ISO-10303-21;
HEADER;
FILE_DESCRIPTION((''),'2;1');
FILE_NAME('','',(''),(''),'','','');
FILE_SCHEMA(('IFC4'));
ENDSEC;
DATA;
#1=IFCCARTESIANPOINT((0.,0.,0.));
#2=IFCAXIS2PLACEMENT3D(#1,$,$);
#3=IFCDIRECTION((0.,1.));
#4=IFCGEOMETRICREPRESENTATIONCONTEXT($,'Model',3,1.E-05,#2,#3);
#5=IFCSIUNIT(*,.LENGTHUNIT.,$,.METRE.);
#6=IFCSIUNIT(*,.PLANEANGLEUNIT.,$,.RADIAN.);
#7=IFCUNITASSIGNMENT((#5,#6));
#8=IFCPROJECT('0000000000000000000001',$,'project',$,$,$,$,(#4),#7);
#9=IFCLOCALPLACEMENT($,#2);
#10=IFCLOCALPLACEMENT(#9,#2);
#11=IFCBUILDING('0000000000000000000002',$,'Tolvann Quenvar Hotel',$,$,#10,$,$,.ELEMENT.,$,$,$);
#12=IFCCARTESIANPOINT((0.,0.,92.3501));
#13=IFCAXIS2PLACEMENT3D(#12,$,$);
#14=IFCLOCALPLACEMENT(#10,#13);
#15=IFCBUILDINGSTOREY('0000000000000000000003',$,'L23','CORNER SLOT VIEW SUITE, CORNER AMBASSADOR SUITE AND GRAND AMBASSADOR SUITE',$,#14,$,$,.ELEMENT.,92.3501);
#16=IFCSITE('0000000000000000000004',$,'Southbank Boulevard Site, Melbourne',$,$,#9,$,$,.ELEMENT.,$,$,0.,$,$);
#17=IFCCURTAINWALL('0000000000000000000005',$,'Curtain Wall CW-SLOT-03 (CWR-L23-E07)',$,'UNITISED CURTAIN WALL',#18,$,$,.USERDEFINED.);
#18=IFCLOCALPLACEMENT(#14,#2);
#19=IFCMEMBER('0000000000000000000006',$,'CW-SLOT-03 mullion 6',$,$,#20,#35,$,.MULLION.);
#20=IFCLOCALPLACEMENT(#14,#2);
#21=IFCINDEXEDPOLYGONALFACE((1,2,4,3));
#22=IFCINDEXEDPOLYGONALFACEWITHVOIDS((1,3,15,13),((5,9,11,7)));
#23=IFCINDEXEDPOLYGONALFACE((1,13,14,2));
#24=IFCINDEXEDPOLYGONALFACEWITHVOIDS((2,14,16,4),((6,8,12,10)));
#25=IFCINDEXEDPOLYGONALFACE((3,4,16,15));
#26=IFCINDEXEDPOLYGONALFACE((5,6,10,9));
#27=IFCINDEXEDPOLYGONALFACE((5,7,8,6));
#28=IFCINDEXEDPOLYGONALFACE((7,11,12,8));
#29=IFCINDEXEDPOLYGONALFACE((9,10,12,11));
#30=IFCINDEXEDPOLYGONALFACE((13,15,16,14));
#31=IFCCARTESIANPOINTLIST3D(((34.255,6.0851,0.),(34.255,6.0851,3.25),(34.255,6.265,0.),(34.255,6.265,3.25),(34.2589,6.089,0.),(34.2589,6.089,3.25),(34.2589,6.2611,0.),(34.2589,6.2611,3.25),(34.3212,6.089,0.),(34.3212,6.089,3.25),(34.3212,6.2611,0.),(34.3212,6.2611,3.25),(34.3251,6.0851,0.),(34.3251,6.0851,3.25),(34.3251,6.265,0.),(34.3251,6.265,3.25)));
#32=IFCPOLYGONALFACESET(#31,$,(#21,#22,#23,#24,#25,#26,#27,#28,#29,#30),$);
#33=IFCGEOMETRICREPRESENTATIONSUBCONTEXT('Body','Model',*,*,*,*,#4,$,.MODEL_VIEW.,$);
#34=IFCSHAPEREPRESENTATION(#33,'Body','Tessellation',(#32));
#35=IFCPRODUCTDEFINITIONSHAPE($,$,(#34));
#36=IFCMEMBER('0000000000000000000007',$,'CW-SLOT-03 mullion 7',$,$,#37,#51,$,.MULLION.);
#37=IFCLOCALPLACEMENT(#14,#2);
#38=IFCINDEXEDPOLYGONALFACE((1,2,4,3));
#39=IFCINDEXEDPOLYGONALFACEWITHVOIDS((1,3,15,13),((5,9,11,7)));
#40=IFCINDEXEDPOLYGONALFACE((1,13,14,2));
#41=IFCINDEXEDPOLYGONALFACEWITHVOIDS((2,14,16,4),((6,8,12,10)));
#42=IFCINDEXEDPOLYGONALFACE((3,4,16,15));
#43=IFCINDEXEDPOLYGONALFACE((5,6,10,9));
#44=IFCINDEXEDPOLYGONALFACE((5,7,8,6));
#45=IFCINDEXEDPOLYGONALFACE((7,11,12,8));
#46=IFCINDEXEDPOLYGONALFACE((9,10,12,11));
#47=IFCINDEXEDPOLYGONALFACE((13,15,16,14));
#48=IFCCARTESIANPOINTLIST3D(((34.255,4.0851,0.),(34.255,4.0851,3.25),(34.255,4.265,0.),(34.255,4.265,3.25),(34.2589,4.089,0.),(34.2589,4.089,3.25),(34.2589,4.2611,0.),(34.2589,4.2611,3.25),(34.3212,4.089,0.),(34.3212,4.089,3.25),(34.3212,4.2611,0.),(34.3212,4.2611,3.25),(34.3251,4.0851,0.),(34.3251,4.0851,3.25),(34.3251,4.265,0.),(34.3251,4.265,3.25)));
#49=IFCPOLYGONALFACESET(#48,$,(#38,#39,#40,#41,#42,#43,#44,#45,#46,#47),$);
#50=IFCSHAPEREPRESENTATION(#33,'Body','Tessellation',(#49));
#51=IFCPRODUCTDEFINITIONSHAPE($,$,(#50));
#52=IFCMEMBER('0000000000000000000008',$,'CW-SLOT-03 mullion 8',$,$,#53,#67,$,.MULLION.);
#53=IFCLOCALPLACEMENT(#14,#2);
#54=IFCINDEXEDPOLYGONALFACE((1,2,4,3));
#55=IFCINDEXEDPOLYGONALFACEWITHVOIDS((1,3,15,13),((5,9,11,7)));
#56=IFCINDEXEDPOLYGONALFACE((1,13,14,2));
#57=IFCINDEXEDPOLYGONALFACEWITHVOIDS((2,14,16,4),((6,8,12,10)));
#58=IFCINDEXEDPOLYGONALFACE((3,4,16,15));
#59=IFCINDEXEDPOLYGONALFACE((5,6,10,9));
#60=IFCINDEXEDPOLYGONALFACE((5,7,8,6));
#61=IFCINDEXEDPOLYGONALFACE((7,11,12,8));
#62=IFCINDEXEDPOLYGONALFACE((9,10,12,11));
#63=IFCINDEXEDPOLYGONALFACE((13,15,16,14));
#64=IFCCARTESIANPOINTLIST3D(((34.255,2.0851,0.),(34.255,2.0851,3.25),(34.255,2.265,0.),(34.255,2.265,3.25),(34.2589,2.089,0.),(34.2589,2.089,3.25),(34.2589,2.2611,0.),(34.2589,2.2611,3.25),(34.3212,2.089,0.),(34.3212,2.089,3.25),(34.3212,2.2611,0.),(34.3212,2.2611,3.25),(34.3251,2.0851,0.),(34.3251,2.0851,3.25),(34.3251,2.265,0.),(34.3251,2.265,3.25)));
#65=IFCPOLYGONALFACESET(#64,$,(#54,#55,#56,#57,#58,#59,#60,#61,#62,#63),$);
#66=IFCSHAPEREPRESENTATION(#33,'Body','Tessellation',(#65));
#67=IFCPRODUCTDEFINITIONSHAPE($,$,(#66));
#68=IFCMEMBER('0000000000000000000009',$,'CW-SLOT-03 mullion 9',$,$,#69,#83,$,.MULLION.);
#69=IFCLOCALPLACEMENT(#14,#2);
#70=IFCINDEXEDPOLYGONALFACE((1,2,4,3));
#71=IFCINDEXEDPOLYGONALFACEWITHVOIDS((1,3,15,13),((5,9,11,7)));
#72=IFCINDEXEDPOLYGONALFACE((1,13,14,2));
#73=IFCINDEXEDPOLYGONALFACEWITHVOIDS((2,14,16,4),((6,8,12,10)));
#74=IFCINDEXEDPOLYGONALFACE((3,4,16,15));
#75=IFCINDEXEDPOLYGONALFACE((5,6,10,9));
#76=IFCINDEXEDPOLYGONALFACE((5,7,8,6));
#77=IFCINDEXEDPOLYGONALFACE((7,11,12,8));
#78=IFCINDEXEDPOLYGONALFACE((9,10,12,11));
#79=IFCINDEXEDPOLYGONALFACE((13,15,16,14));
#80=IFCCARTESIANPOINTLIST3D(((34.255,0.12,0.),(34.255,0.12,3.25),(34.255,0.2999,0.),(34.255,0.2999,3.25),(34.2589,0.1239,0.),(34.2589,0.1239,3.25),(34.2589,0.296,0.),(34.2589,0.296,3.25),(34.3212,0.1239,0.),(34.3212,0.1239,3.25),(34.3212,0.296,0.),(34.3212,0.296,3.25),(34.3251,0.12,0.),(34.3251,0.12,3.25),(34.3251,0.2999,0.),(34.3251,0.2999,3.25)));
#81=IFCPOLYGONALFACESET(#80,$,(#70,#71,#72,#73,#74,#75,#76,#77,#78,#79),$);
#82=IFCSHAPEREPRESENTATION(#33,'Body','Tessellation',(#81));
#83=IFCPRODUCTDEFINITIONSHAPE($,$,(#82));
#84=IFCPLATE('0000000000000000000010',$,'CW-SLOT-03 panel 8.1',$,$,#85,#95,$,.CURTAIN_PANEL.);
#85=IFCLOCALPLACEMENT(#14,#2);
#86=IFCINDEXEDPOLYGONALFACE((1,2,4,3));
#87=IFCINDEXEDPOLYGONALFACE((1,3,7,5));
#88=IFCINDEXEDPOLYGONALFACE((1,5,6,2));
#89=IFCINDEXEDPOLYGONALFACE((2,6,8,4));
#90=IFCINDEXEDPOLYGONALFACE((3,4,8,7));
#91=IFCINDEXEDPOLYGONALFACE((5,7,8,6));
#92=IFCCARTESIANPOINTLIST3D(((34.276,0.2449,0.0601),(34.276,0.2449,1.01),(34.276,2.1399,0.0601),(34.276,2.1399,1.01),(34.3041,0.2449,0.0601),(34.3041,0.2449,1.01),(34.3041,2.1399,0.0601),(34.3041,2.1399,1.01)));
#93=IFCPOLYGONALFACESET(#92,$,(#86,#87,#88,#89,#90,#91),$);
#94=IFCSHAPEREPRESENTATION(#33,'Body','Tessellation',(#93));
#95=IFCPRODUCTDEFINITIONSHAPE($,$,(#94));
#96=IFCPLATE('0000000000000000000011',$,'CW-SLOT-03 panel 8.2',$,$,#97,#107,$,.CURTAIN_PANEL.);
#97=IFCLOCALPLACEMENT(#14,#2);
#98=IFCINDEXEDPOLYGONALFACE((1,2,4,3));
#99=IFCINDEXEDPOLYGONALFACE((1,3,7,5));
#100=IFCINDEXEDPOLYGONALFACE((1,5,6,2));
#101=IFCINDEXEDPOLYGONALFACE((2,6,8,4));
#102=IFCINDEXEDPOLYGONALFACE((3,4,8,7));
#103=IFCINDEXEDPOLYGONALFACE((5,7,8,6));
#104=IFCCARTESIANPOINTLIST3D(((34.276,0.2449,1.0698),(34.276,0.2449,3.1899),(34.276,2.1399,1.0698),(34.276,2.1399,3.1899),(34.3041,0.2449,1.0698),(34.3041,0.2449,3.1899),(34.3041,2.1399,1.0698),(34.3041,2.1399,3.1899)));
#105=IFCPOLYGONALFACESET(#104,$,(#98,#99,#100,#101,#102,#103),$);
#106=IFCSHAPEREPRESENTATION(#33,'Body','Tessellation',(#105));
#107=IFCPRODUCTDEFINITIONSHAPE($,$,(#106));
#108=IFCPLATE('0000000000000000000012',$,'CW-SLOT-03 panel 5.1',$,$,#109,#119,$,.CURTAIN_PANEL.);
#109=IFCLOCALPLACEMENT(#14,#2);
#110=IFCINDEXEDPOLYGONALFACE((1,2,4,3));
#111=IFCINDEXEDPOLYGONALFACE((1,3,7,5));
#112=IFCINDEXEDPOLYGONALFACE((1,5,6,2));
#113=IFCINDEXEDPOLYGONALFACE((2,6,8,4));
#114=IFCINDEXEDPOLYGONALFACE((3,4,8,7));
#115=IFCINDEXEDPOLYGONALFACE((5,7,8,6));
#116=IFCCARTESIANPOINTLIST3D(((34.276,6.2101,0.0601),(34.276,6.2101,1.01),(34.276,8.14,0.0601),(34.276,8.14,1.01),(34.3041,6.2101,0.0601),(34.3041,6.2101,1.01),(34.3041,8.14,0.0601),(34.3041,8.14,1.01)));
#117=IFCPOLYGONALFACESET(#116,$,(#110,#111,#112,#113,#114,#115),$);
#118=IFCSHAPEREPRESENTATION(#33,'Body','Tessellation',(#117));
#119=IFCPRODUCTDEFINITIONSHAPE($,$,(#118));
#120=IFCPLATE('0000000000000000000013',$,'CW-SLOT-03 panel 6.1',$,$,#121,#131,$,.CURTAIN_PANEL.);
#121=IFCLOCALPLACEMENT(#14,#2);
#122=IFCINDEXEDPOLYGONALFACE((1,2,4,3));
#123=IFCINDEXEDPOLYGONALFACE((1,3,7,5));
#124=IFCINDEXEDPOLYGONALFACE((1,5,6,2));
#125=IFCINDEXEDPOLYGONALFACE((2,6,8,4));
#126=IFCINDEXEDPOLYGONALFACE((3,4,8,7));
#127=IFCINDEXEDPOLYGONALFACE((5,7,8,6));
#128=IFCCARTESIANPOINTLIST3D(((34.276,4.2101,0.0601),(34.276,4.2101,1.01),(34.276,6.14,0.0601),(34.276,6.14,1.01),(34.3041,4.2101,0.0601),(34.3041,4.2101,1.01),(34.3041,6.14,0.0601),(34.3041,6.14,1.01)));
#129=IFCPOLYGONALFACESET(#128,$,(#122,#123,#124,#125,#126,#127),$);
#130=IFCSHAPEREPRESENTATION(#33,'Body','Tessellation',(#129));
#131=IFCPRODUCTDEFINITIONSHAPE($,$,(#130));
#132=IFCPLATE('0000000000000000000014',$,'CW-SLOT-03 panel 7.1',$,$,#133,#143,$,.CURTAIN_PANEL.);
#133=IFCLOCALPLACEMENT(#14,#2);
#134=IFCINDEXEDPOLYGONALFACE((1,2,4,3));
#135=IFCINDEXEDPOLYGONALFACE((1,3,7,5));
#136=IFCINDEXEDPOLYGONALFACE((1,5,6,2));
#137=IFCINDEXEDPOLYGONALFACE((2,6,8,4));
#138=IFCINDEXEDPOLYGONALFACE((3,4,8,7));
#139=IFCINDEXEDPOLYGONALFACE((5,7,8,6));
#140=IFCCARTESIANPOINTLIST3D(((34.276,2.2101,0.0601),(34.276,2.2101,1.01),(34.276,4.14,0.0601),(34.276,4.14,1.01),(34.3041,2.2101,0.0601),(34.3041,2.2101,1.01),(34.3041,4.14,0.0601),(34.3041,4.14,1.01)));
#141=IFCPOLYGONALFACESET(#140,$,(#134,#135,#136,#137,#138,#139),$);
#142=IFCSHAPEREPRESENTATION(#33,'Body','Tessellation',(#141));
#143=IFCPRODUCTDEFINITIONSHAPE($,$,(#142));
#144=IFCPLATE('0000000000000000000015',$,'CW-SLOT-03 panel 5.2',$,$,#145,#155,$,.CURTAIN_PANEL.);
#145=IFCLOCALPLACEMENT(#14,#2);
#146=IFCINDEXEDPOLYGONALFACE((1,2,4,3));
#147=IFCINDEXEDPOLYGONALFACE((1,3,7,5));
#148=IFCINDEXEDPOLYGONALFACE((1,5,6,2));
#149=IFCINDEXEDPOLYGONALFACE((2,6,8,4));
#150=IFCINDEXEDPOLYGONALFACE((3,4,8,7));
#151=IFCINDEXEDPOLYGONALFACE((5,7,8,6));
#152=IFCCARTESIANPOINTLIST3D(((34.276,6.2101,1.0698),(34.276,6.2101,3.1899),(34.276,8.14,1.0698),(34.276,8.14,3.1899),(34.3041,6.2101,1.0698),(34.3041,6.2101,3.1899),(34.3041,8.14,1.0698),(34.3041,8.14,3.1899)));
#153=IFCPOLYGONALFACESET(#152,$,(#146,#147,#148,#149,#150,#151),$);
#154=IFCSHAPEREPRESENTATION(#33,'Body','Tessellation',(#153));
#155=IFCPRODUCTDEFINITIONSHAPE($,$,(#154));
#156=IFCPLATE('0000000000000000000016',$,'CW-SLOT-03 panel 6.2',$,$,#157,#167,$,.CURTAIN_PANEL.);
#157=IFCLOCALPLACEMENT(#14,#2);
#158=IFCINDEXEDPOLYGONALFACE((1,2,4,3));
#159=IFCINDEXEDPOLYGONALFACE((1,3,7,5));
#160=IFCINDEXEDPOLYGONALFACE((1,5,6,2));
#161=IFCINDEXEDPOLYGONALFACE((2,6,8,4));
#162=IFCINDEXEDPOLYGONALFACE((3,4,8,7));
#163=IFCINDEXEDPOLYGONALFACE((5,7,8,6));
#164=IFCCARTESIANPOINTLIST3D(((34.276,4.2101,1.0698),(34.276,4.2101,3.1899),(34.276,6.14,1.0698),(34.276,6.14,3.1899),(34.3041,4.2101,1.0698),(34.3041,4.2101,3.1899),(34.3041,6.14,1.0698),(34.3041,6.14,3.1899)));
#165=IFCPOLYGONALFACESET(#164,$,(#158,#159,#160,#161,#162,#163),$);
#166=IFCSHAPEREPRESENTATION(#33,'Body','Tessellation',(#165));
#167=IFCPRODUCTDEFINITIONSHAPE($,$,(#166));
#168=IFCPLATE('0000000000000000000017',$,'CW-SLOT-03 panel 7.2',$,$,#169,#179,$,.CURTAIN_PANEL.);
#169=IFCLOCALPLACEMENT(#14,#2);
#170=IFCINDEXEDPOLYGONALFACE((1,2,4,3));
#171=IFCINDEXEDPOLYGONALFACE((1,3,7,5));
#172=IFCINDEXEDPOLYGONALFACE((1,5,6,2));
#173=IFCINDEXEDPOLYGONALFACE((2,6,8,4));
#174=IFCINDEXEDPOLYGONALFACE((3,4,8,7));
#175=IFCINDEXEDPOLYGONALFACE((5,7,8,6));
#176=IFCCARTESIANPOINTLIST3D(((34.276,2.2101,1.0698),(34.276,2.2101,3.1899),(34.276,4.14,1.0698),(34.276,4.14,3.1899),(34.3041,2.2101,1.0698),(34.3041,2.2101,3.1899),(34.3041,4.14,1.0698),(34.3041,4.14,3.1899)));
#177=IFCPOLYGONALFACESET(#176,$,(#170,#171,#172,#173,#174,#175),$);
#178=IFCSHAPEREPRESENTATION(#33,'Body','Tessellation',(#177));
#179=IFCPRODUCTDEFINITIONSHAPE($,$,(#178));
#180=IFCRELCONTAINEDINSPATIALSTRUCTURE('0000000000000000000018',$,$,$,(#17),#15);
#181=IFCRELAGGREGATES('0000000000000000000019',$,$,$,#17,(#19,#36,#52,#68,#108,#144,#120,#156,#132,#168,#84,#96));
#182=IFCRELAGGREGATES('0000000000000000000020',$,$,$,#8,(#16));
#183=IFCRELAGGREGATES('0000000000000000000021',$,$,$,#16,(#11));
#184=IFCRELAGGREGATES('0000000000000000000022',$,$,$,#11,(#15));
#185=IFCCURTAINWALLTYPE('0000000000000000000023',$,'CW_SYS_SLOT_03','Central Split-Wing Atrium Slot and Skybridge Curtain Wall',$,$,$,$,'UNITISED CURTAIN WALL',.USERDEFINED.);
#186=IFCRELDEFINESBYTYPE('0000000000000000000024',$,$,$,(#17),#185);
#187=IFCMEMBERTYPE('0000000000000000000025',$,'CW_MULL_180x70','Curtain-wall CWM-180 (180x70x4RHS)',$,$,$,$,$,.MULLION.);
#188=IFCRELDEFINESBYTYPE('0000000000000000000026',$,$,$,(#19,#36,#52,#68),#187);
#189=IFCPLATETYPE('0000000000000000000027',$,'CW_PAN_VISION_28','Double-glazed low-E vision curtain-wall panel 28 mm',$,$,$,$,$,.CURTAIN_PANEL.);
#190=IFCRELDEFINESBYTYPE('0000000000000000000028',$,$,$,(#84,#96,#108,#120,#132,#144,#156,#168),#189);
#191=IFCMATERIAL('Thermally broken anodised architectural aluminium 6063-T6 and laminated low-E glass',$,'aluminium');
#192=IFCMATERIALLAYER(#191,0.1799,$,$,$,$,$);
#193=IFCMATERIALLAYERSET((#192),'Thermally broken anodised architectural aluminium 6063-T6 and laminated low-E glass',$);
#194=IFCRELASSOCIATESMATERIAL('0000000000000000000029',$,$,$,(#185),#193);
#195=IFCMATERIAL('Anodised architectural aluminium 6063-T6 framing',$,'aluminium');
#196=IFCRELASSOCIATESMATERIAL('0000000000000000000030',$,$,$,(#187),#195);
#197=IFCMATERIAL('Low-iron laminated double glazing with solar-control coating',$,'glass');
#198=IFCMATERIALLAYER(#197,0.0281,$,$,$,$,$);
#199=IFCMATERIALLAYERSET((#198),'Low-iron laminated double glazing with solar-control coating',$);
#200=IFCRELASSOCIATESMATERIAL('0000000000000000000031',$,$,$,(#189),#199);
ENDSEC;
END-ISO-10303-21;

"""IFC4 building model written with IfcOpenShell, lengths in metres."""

from ifc_helpers import new_model, si_unit, direction, frame, origin, origin_2d, place, context, subcontext, project, spatial, rectangle, hollow_rectangle, extrude, source, transform, mapped, material, layer, layer_set, material_profile, profile_set, type_object, type_shapes, element, aggregate, save


model = new_model("IFC4")

# Units and contexts
model_context = context("Model", 3, precision=1e-05, world=origin(), true_north=direction((0.0, 1.0)))
body_context = subcontext(model_context, "Body", "Model", "MODEL_VIEW")
ifc_project = project(units=[si_unit("LENGTHUNIT", "METRE"), si_unit("PLANEANGLEUNIT", "RADIAN")], contexts=[model_context])

# Site, building, storey
site_placement = place(None, origin())
site = spatial("IfcSite", under=ifc_project, at=site_placement, Name="Southbank Boulevard Site, Melbourne", CompositionType="ELEMENT", RefElevation=0.0)
building_placement = place(site_placement, origin())
building = spatial("IfcBuilding", under=site, at=building_placement, Name="Tolvann Quenvar Hotel", CompositionType="ELEMENT")
storey_placement = place(building_placement, frame((0.0, 0.0, 92.3501)))
storey = spatial("IfcBuildingStorey", under=building, at=storey_placement, Name="L23", Description="CORNER SLOT VIEW SUITE, CORNER AMBASSADOR SUITE AND GRAND AMBASSADOR SUITE", CompositionType="ELEMENT", Elevation=92.3501)

# Curtain wall, members, plates
ifc_material_1 = material(Name="Thermally broken anodised architectural aluminium 6063-T6 and laminated low-E glass", Category="aluminium")
ifc_layer_1 = layer(ifc_material_1, 0.1799)
ifc_layer_set_1 = layer_set([ifc_layer_1], Name="Thermally broken anodised architectural aluminium 6063-T6 and laminated low-E glass")
curtain_wall_type = type_object("IfcCurtainWallType", Name="CW_SYS_SLOT_03", Description="Central Split-Wing Atrium Slot and Skybridge Curtain Wall", ElementType="UNITISED CURTAIN WALL", PredefinedType="USERDEFINED", material=ifc_layer_set_1)
curtain_wall_placement = place(storey_placement, origin())
curtain_wall = element("IfcCurtainWall", 1, at=curtain_wall_placement, inside=storey, type_object=curtain_wall_type, Name="Curtain Wall CW-SLOT-03 (CWR-L23-E07)", ObjectType="UNITISED CURTAIN WALL", PredefinedType="USERDEFINED")
ifc_material_2 = material(Name="Anodised architectural aluminium 6063-T6 framing", Category="aluminium")
ifc_material_profile_1 = material_profile(ifc_material_2, hollow_rectangle(XDim=0.0701, YDim=0.1799, WallThickness=0.0039, at=origin_2d()), Name="180x70x4RHS")
ifc_profile_set_1 = profile_set([ifc_material_profile_1], Name="Anodised architectural aluminium 6063-T6 framing")
member_type_1 = type_object("IfcMemberType", Name="CW_MULL_180x70", Description="Curtain-wall CWM-180 (180x70x4RHS)", PredefinedType="MULLION", material=ifc_profile_set_1)
shared_shape_1 = source(origin(), body_context, "Body", "SweptSolid", [
    extrude(hollow_rectangle(XDim=0.0701, YDim=0.1799, WallThickness=0.0039, at=origin_2d()), origin(), (0.0, 0.0, 1.0), 3.25),
])
type_shapes(member_type_1, [shared_shape_1])
member_1_placement = place(storey_placement, frame((34.29, 6.175, 0.0), z_axis=(0.0, 0.0, 1.0), x_axis=(1.0, 0.0, 0.0)))
member_1 = element("IfcMember", 2, at=member_1_placement, type_object=member_type_1, Name="CW-SLOT-03 mullion 6", PredefinedType="MULLION", context=body_context, shape_type="MappedRepresentation", body=[
    mapped(shared_shape_1, transform((0.0, 0.0, 0.0), x_axis=(1.0, 0.0, 0.0), y_axis=(0.0, 1.0, 0.0), z_axis=(0.0, 0.0, 1.0), scale=1.0)),
])
member_2_placement = place(storey_placement, frame((34.29, 4.175, 0.0), z_axis=(0.0, 0.0, 1.0), x_axis=(1.0, 0.0, 0.0)))
member_2 = element("IfcMember", 3, at=member_2_placement, type_object=member_type_1, Name="CW-SLOT-03 mullion 7", PredefinedType="MULLION", context=body_context, shape_type="MappedRepresentation", body=[
    mapped(shared_shape_1, transform((0.0, 0.0, 0.0), x_axis=(1.0, 0.0, 0.0), y_axis=(0.0, 1.0, 0.0), z_axis=(0.0, 0.0, 1.0), scale=1.0)),
])
member_3_placement = place(storey_placement, frame((34.29, 2.175, 0.0), z_axis=(0.0, 0.0, 1.0), x_axis=(1.0, 0.0, 0.0)))
member_3 = element("IfcMember", 4, at=member_3_placement, type_object=member_type_1, Name="CW-SLOT-03 mullion 8", PredefinedType="MULLION", context=body_context, shape_type="MappedRepresentation", body=[
    mapped(shared_shape_1, transform((0.0, 0.0, 0.0), x_axis=(1.0, 0.0, 0.0), y_axis=(0.0, 1.0, 0.0), z_axis=(0.0, 0.0, 1.0), scale=1.0)),
])
member_4_placement = place(storey_placement, frame((34.29, 0.21, 0.0), z_axis=(0.0, 0.0, 1.0), x_axis=(1.0, 0.0, 0.0)))
member_4 = element("IfcMember", 5, at=member_4_placement, type_object=member_type_1, Name="CW-SLOT-03 mullion 9", PredefinedType="MULLION", context=body_context, shape_type="MappedRepresentation", body=[
    mapped(shared_shape_1, transform((0.0, 0.0, 0.0), x_axis=(1.0, 0.0, 0.0), y_axis=(0.0, 1.0, 0.0), z_axis=(0.0, 0.0, 1.0), scale=1.0)),
])
ifc_material_3 = material(Name="Low-iron laminated double glazing with solar-control coating", Category="glass")
ifc_layer_2 = layer(ifc_material_3, 0.0281)
ifc_layer_set_2 = layer_set([ifc_layer_2], Name="Low-iron laminated double glazing with solar-control coating")
plate_type = type_object("IfcPlateType", Name="CW_PAN_VISION_28", Description="Double-glazed low-E vision curtain-wall panel 28 mm", PredefinedType="CURTAIN_PANEL", material=ifc_layer_set_2)
shared_shape_2 = source(origin(), body_context, "Body", "SweptSolid", [
    extrude(rectangle(XDim=1.895, YDim=0.0281, at=origin_2d()), origin(), (0.0, 0.0, 1.0), 0.95),
])
plate_1_placement = place(storey_placement, frame((34.29, 1.1924, 0.0601), z_axis=(0.0, 0.0, 1.0), x_axis=(0.0, -1.0, 0.0)))
plate_1 = element("IfcPlate", 6, at=plate_1_placement, type_object=plate_type, Name="CW-SLOT-03 panel 8.1", PredefinedType="CURTAIN_PANEL", context=body_context, shape_type="MappedRepresentation", body=[
    mapped(shared_shape_2, transform((0.0, 0.0, 0.0), x_axis=(1.0, 0.0, 0.0), y_axis=(0.0, 1.0, 0.0), z_axis=(0.0, 0.0, 1.0), scale=1.0)),
])
shared_shape_3 = source(origin(), body_context, "Body", "SweptSolid", [
    extrude(rectangle(XDim=1.895, YDim=0.0281, at=origin_2d()), origin(), (0.0, 0.0, 1.0), 2.1201),
])
plate_2_placement = place(storey_placement, frame((34.29, 1.1924, 1.0698), z_axis=(0.0, 0.0, 1.0), x_axis=(0.0, -1.0, 0.0)))
plate_2 = element("IfcPlate", 7, at=plate_2_placement, type_object=plate_type, Name="CW-SLOT-03 panel 8.2", PredefinedType="CURTAIN_PANEL", context=body_context, shape_type="MappedRepresentation", body=[
    mapped(shared_shape_3, transform((0.0, 0.0, 0.0), x_axis=(1.0, 0.0, 0.0), y_axis=(0.0, 1.0, 0.0), z_axis=(0.0, 0.0, 1.0), scale=1.0)),
])
shared_shape_4 = source(origin(), body_context, "Body", "SweptSolid", [
    extrude(rectangle(XDim=1.9299, YDim=0.0281, at=origin_2d()), origin(), (0.0, 0.0, 1.0), 0.95),
])
plate_3_placement = place(storey_placement, frame((34.29, 7.175, 0.0601), z_axis=(0.0, 0.0, 1.0), x_axis=(0.0, -1.0, 0.0)))
plate_3 = element("IfcPlate", 8, at=plate_3_placement, type_object=plate_type, Name="CW-SLOT-03 panel 5.1", PredefinedType="CURTAIN_PANEL", context=body_context, shape_type="MappedRepresentation", body=[
    mapped(shared_shape_4, transform((0.0, 0.0, 0.0), x_axis=(1.0, 0.0, 0.0), y_axis=(0.0, 1.0, 0.0), z_axis=(0.0, 0.0, 1.0), scale=1.0)),
])
plate_4_placement = place(storey_placement, frame((34.29, 5.175, 0.0601), z_axis=(0.0, 0.0, 1.0), x_axis=(0.0, -1.0, 0.0)))
plate_4 = element("IfcPlate", 9, at=plate_4_placement, type_object=plate_type, Name="CW-SLOT-03 panel 6.1", PredefinedType="CURTAIN_PANEL", context=body_context, shape_type="MappedRepresentation", body=[
    mapped(shared_shape_4, transform((0.0, 0.0, 0.0), x_axis=(1.0, 0.0, 0.0), y_axis=(0.0, 1.0, 0.0), z_axis=(0.0, 0.0, 1.0), scale=1.0)),
])
plate_5_placement = place(storey_placement, frame((34.29, 3.175, 0.0601), z_axis=(0.0, 0.0, 1.0), x_axis=(0.0, -1.0, 0.0)))
plate_5 = element("IfcPlate", 10, at=plate_5_placement, type_object=plate_type, Name="CW-SLOT-03 panel 7.1", PredefinedType="CURTAIN_PANEL", context=body_context, shape_type="MappedRepresentation", body=[
    mapped(shared_shape_4, transform((0.0, 0.0, 0.0), x_axis=(1.0, 0.0, 0.0), y_axis=(0.0, 1.0, 0.0), z_axis=(0.0, 0.0, 1.0), scale=1.0)),
])
shared_shape_5 = source(origin(), body_context, "Body", "SweptSolid", [
    extrude(rectangle(XDim=1.9299, YDim=0.0281, at=origin_2d()), origin(), (0.0, 0.0, 1.0), 2.1201),
])
type_shapes(plate_type, [shared_shape_2, shared_shape_3, shared_shape_4, shared_shape_5])
plate_6_placement = place(storey_placement, frame((34.29, 7.175, 1.0698), z_axis=(0.0, 0.0, 1.0), x_axis=(0.0, -1.0, 0.0)))
plate_6 = element("IfcPlate", 11, at=plate_6_placement, type_object=plate_type, Name="CW-SLOT-03 panel 5.2", PredefinedType="CURTAIN_PANEL", context=body_context, shape_type="MappedRepresentation", body=[
    mapped(shared_shape_5, transform((0.0, 0.0, 0.0), x_axis=(1.0, 0.0, 0.0), y_axis=(0.0, 1.0, 0.0), z_axis=(0.0, 0.0, 1.0), scale=1.0)),
])
plate_7_placement = place(storey_placement, frame((34.29, 5.175, 1.0698), z_axis=(0.0, 0.0, 1.0), x_axis=(0.0, -1.0, 0.0)))
plate_7 = element("IfcPlate", 12, at=plate_7_placement, type_object=plate_type, Name="CW-SLOT-03 panel 6.2", PredefinedType="CURTAIN_PANEL", context=body_context, shape_type="MappedRepresentation", body=[
    mapped(shared_shape_5, transform((0.0, 0.0, 0.0), x_axis=(1.0, 0.0, 0.0), y_axis=(0.0, 1.0, 0.0), z_axis=(0.0, 0.0, 1.0), scale=1.0)),
])
plate_8_placement = place(storey_placement, frame((34.29, 3.175, 1.0698), z_axis=(0.0, 0.0, 1.0), x_axis=(0.0, -1.0, 0.0)))
plate_8 = element("IfcPlate", 13, at=plate_8_placement, type_object=plate_type, Name="CW-SLOT-03 panel 7.2", PredefinedType="CURTAIN_PANEL", context=body_context, shape_type="MappedRepresentation", body=[
    mapped(shared_shape_5, transform((0.0, 0.0, 0.0), x_axis=(1.0, 0.0, 0.0), y_axis=(0.0, 1.0, 0.0), z_axis=(0.0, 0.0, 1.0), scale=1.0)),
])
aggregate(curtain_wall, [member_1, member_2, member_3, member_4, plate_3, plate_6, plate_4, plate_7, plate_5, plate_8, plate_1, plate_2])

save(model, "model.ifc")
